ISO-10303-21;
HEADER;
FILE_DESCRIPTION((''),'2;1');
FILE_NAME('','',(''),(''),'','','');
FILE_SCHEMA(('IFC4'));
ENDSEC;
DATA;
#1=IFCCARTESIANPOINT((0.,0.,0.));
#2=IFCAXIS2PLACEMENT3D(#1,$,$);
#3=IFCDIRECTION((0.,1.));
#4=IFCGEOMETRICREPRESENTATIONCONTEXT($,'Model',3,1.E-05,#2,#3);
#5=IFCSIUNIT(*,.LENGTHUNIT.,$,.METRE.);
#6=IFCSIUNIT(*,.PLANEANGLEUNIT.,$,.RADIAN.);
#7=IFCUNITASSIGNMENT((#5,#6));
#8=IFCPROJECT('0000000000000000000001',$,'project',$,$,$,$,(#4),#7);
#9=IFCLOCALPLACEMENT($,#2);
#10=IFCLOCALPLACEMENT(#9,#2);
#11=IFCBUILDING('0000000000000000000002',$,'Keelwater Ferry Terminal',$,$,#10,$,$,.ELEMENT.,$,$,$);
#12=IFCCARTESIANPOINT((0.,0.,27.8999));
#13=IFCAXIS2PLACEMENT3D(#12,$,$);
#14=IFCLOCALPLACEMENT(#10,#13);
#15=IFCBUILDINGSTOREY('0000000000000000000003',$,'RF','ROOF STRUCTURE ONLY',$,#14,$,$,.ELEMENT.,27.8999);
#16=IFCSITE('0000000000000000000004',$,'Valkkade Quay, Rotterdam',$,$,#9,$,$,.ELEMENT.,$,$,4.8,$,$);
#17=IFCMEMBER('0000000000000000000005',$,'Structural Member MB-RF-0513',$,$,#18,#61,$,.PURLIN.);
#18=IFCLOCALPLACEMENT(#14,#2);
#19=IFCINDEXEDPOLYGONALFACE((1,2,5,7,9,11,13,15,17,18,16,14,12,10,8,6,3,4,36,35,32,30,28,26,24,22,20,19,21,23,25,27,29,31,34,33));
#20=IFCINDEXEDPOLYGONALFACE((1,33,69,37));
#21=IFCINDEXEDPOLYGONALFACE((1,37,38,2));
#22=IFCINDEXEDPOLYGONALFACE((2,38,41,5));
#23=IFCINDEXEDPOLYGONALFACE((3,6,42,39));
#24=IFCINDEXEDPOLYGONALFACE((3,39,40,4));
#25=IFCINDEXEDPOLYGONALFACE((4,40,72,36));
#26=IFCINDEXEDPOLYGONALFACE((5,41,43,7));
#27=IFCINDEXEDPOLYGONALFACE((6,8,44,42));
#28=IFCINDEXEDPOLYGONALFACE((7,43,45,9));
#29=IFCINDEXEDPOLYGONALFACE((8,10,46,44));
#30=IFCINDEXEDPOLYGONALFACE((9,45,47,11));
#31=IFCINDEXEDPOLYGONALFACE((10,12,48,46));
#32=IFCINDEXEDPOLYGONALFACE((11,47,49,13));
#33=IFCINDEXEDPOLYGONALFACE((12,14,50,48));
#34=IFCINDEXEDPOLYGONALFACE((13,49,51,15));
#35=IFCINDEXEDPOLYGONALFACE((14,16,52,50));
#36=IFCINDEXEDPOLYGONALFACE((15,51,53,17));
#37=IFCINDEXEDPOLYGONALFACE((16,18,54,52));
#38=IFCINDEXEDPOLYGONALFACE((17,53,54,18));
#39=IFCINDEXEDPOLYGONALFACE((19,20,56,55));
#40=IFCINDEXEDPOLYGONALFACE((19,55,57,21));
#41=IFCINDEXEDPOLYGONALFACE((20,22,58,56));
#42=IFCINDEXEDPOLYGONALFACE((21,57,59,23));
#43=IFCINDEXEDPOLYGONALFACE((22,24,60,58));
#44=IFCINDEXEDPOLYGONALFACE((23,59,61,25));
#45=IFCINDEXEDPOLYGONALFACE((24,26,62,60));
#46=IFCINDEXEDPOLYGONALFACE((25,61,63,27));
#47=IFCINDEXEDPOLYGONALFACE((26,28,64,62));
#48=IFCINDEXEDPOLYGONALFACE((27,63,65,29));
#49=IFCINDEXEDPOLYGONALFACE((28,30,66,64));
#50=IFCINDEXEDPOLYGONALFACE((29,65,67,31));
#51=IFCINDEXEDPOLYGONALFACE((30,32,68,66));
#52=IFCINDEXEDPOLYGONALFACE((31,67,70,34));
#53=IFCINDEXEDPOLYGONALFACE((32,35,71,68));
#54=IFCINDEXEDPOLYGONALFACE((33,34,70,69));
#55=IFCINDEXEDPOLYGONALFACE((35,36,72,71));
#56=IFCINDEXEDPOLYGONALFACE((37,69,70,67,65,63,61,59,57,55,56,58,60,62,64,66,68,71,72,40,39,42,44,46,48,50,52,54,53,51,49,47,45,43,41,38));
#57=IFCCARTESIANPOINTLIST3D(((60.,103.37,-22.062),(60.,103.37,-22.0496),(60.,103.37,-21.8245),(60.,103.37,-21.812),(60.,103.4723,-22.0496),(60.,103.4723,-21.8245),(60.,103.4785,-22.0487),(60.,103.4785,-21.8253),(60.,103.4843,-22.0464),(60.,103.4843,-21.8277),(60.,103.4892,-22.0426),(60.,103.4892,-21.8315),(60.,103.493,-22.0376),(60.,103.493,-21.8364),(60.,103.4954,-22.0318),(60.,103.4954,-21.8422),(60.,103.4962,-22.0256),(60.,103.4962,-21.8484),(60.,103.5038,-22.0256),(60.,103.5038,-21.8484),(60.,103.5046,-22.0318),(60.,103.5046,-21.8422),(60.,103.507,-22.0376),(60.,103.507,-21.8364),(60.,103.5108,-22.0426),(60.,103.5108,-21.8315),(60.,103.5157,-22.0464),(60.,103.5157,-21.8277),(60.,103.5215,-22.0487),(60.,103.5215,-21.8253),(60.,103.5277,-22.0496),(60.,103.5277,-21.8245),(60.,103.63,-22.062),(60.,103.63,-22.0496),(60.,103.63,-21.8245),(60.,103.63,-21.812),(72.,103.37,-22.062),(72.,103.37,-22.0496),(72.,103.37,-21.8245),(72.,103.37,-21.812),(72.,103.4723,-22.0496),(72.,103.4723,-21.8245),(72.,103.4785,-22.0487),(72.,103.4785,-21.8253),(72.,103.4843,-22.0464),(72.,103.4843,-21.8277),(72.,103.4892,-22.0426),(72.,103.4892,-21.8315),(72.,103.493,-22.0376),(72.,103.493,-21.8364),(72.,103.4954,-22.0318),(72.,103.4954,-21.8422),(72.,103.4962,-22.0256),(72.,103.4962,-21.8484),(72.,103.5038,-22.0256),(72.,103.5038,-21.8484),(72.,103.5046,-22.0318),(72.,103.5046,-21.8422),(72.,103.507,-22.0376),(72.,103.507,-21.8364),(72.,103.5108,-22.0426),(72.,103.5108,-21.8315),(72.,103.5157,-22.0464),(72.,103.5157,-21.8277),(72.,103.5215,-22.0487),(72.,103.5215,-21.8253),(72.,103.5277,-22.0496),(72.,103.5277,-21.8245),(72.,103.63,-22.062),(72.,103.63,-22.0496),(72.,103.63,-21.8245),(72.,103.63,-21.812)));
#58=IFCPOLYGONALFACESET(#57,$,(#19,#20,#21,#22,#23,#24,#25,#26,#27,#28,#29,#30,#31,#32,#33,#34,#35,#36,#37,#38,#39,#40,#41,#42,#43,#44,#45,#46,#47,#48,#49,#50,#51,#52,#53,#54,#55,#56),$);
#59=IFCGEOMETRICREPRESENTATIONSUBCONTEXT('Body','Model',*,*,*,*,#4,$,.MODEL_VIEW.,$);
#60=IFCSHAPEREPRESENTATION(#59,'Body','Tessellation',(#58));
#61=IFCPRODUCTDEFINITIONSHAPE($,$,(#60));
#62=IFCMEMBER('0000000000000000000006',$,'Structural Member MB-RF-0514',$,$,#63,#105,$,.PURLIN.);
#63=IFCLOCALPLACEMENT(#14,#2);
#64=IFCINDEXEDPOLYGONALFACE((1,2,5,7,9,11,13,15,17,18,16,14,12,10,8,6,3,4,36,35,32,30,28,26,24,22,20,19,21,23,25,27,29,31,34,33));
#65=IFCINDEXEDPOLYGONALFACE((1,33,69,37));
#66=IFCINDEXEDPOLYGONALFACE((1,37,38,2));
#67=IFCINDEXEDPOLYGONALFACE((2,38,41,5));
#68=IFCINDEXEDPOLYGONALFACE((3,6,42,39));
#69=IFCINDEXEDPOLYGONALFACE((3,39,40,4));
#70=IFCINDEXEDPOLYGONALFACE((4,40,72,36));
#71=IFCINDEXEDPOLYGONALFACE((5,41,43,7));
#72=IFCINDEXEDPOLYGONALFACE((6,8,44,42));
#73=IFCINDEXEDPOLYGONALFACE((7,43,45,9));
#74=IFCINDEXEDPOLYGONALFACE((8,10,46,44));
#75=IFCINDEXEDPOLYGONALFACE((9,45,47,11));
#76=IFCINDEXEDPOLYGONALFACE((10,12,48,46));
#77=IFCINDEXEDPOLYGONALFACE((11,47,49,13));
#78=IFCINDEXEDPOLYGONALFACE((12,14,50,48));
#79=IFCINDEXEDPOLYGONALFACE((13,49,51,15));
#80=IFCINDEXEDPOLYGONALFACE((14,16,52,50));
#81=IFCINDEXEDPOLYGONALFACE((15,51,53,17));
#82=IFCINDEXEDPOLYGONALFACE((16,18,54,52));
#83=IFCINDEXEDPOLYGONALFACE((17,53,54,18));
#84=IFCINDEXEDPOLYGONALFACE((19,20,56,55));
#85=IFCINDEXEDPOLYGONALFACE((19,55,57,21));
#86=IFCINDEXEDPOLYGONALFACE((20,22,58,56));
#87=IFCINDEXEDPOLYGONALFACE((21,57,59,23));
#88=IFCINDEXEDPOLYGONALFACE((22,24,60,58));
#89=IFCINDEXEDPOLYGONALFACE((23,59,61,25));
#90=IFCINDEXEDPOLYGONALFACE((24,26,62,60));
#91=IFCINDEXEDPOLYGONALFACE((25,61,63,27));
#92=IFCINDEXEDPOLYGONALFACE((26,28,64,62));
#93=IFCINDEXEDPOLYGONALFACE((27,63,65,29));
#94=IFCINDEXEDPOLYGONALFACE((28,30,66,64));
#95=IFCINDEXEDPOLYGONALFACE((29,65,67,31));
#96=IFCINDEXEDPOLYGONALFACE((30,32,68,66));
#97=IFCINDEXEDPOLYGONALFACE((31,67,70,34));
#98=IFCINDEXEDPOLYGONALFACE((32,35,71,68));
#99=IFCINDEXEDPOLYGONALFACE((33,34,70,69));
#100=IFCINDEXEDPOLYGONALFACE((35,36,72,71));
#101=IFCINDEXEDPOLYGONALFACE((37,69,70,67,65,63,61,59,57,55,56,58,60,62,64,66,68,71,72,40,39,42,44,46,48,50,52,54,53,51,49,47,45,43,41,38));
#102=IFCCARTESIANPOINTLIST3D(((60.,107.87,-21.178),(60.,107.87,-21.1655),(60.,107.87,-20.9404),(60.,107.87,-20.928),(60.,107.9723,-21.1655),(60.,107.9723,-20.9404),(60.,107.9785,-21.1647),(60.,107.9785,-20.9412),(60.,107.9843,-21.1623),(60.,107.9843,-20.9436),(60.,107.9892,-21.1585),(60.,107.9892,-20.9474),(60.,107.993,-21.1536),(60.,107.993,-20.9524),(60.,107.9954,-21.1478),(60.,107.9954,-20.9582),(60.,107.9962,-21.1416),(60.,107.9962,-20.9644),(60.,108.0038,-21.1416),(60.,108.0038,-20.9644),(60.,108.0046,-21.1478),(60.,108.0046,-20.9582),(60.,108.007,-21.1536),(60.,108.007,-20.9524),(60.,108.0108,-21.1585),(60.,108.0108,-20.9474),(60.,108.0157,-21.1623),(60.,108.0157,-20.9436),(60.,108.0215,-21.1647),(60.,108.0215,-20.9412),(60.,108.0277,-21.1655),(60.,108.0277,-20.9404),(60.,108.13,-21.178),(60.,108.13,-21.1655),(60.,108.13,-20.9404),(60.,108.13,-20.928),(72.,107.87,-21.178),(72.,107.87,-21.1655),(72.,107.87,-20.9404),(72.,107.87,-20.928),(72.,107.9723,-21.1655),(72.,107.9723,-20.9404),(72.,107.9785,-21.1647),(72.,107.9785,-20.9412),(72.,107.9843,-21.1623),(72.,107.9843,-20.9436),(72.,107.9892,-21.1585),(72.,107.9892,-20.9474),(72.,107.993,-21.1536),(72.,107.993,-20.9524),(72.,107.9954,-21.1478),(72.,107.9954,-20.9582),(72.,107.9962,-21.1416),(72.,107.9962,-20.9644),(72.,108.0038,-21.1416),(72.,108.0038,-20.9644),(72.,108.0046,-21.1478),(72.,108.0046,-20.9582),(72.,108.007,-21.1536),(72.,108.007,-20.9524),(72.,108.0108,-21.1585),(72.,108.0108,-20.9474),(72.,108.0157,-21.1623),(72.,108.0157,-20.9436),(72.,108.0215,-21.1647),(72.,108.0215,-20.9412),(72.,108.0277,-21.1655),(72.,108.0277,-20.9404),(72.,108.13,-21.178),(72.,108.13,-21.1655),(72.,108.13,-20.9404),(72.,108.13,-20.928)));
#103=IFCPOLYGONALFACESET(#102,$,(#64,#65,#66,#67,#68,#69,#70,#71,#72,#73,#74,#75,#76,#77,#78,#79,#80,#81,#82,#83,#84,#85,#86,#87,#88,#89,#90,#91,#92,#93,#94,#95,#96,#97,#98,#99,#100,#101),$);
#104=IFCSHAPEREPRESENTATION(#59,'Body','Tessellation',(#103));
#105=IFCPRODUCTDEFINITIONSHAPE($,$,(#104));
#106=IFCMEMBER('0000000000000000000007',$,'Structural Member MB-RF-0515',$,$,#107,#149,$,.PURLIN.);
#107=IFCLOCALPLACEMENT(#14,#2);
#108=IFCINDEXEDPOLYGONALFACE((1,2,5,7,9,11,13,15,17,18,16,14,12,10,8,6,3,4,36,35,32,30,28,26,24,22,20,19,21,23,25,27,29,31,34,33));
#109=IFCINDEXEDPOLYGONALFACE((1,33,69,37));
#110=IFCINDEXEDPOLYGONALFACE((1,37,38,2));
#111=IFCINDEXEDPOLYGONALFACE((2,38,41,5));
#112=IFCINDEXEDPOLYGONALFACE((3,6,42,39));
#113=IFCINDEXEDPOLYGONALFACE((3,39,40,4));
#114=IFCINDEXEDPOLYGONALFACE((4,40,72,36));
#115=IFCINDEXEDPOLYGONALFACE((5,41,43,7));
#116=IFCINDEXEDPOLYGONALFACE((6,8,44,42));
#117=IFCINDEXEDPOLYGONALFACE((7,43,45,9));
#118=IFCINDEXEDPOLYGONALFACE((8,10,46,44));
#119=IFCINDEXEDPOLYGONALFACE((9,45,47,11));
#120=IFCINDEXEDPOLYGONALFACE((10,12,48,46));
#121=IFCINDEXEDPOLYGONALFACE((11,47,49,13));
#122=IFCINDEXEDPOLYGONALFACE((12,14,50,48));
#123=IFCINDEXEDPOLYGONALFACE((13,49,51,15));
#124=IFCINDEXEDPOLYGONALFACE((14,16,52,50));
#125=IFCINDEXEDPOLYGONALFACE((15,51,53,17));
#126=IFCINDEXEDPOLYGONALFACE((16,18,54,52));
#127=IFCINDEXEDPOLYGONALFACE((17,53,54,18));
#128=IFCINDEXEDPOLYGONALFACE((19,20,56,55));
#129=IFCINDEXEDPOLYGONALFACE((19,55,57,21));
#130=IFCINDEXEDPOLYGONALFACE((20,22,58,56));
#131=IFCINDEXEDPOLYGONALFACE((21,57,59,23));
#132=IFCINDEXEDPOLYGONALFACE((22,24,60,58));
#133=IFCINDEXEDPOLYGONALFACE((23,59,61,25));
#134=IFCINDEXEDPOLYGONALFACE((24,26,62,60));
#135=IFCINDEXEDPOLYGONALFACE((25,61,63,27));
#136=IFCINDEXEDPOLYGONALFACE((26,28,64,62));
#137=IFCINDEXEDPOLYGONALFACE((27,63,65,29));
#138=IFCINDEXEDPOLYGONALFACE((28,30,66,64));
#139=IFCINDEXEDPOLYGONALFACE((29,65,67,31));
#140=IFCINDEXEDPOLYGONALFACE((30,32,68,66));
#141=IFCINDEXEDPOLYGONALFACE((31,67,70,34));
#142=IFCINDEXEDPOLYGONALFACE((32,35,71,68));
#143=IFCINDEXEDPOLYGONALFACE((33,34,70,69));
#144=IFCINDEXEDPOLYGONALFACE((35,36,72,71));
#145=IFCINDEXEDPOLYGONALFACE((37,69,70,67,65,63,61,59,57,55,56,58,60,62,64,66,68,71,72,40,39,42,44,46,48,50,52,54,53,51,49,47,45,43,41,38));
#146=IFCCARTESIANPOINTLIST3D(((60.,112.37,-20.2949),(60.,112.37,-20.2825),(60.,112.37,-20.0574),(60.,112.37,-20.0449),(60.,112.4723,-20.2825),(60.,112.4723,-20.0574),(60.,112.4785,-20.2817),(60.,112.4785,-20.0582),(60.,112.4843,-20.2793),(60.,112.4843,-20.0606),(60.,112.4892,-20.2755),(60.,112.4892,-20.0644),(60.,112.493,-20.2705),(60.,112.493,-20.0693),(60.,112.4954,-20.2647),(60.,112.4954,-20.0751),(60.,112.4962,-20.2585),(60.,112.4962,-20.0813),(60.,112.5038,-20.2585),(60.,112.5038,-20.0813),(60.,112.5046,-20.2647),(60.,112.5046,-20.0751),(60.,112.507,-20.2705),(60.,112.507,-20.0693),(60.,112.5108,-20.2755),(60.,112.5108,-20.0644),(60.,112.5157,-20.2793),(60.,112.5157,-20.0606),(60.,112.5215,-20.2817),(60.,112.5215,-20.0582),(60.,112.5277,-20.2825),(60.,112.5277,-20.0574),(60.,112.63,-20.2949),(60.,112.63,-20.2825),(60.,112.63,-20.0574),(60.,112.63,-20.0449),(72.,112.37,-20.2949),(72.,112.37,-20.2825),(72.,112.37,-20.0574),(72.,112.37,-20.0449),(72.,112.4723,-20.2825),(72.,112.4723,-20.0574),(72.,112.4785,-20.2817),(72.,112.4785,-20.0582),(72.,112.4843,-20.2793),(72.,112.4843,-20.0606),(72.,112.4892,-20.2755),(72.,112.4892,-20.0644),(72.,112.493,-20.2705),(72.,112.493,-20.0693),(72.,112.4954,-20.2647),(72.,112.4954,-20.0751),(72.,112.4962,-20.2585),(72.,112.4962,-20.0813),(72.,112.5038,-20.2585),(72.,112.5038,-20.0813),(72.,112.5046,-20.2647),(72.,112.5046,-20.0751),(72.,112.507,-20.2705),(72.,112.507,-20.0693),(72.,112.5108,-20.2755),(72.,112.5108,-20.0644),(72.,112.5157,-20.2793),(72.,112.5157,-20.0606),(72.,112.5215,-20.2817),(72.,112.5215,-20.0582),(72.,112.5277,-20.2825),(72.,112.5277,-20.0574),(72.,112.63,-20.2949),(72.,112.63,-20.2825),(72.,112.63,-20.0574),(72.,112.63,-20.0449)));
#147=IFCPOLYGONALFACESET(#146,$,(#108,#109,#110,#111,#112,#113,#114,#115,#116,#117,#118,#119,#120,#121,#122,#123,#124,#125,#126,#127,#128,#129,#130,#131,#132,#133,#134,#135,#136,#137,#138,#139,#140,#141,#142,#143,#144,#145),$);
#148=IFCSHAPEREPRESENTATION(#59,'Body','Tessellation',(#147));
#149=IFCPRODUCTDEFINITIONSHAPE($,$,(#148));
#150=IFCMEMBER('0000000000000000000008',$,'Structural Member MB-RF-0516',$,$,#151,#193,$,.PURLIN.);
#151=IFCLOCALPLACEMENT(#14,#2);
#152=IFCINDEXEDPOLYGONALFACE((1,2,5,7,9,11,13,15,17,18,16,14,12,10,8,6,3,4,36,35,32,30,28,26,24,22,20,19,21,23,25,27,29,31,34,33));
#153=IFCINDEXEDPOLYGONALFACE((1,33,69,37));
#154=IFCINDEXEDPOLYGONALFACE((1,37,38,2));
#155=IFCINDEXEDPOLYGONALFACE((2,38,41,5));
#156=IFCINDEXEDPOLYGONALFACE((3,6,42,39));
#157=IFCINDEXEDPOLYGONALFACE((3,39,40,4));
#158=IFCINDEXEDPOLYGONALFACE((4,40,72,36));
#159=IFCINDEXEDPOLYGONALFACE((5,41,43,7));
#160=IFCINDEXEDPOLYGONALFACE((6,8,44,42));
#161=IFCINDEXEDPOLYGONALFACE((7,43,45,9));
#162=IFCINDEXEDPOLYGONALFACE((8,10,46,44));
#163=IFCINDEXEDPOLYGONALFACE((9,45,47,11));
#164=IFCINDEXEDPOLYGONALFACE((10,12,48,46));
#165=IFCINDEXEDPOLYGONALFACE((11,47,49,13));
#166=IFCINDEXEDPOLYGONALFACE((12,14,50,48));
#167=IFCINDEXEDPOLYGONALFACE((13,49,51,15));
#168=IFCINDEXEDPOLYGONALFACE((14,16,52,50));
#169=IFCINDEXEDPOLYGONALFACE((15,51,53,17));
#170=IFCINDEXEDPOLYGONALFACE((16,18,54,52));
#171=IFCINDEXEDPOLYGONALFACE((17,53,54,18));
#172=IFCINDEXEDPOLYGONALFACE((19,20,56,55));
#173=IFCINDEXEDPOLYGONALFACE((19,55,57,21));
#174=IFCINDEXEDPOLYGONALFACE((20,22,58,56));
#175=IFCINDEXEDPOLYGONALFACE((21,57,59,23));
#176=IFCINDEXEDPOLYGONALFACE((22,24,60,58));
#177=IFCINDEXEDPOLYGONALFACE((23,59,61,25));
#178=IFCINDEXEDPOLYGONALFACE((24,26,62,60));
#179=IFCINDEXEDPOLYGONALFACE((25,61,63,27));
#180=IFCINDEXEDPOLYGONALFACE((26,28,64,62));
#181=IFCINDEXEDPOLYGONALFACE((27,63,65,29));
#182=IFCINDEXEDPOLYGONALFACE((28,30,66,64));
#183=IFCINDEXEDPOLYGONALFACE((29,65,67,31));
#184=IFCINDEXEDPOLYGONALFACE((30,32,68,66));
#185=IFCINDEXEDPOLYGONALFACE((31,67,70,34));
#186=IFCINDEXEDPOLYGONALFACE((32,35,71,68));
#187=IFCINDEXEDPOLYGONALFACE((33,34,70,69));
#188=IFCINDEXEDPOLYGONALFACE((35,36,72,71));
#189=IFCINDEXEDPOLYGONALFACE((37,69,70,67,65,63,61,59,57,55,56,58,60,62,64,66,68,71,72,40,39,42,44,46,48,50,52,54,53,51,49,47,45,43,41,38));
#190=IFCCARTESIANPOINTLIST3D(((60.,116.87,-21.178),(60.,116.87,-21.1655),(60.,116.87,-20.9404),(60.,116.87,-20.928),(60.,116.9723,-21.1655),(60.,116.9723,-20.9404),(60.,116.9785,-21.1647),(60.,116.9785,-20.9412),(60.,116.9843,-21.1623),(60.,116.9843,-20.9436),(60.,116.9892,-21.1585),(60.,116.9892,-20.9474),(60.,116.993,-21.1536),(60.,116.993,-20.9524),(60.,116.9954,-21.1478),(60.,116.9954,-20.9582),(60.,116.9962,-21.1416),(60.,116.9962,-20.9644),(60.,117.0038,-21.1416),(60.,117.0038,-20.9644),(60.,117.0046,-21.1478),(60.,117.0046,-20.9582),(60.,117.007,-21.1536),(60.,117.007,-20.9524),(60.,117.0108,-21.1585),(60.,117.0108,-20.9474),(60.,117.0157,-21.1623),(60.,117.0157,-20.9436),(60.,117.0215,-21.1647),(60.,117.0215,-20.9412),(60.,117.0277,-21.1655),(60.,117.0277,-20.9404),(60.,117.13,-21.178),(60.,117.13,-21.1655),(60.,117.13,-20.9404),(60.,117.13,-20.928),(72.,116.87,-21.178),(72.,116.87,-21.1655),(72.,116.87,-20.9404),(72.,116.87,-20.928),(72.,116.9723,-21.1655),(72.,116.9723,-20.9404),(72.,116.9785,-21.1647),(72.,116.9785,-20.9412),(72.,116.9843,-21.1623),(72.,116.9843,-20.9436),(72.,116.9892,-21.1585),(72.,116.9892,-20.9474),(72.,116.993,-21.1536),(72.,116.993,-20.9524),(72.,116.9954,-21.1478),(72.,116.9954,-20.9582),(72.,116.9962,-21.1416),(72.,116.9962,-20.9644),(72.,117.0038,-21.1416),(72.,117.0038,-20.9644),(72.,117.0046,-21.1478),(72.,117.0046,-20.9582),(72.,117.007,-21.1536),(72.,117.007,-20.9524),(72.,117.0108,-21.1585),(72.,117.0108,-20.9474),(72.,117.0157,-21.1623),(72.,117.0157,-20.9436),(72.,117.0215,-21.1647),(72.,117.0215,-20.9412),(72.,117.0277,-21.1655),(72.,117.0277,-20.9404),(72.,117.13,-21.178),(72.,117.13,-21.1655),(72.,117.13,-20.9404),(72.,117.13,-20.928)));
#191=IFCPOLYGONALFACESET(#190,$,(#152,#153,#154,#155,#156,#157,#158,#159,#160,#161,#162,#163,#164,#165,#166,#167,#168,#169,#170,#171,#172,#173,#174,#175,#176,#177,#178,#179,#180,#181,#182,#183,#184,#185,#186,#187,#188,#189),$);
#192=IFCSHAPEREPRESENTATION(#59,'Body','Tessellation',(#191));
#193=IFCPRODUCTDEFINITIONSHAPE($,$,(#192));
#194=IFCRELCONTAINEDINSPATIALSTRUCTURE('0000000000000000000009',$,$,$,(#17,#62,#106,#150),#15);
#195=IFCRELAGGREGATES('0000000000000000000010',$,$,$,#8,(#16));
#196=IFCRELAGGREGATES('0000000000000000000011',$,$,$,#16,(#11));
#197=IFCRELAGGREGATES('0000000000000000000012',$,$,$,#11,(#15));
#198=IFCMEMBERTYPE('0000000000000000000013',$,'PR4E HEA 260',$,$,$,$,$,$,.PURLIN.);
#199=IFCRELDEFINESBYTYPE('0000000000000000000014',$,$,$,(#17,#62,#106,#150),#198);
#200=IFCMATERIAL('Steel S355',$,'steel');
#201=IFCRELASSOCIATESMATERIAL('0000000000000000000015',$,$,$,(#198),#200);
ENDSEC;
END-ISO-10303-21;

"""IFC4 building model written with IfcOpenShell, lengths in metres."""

from ifc_helpers import new_model, si_unit, direction, frame, origin, origin_2d, place, context, subcontext, project, spatial, i_section, extrude, material, material_profile, profile_set, type_object, element, save


model = new_model("IFC4")

# Units and contexts
model_context = context("Model", 3, precision=1e-05, world=origin(), true_north=direction((0.0, 1.0)))
body_context = subcontext(model_context, "Body", "Model", "MODEL_VIEW")
ifc_project = project(units=[si_unit("LENGTHUNIT", "METRE"), si_unit("PLANEANGLEUNIT", "RADIAN")], contexts=[model_context])

# Site, building, storey
site_placement = place(None, origin())
site = spatial("IfcSite", under=ifc_project, at=site_placement, Name="Valkkade Quay, Rotterdam", CompositionType="ELEMENT", RefElevation=4.8)
building_placement = place(site_placement, origin())
building = spatial("IfcBuilding", under=site, at=building_placement, Name="Keelwater Ferry Terminal", CompositionType="ELEMENT")
storey_placement = place(building_placement, frame((0.0, 0.0, 27.8999)))
storey = spatial("IfcBuildingStorey", under=building, at=storey_placement, Name="RF", Description="ROOF STRUCTURE ONLY", CompositionType="ELEMENT", Elevation=27.8999)

# Members
ifc_material_1 = material(Name="Steel S355", Category="steel")
ifc_material_profile_1 = material_profile(ifc_material_1, i_section(OverallWidth=0.26, OverallDepth=0.25, WebThickness=0.0076, FlangeThickness=0.0125, FilletRadius=0.0239, at=origin_2d()), Name="HEA 260")
ifc_profile_set_1 = profile_set([ifc_material_profile_1], Name="Steel S355")
member_type_1 = type_object("IfcMemberType", Name="PR4E HEA 260", PredefinedType="PURLIN", material=ifc_profile_set_1)
for number, where, z_axis, x_axis, name in (
    (1, (60.0, 103.5, -21.937), (1.0, 0.0, 0.0), (0.0, 1.0, 0.0), "Structural Member MB-RF-0513"),
    (2, (60.0, 108.0, -21.053), (1.0, 0.0, 0.0), (0.0, 1.0, 0.0), "Structural Member MB-RF-0514"),
    (3, (60.0, 112.5, -20.1699), (1.0, 0.0, 0.0), (0.0, 1.0, 0.0), "Structural Member MB-RF-0515"),
    (4, (60.0, 117.0, -21.053), (1.0, 0.0, 0.0), (0.0, 1.0, 0.0), "Structural Member MB-RF-0516"),
):
    element("IfcMember", number, at=place(storey_placement, frame(where, z_axis=z_axis, x_axis=x_axis)), inside=storey, type_object=member_type_1, Name=name, PredefinedType="PURLIN", context=body_context, shape_type="SweptSolid", body=[
        extrude(i_section(OverallWidth=0.26, OverallDepth=0.25, WebThickness=0.0076, FlangeThickness=0.0125, FilletRadius=0.0239, at=origin_2d()), origin(), (0.0, 0.0, 1.0), 12.0),
    ])

save(model, "model.ifc")
